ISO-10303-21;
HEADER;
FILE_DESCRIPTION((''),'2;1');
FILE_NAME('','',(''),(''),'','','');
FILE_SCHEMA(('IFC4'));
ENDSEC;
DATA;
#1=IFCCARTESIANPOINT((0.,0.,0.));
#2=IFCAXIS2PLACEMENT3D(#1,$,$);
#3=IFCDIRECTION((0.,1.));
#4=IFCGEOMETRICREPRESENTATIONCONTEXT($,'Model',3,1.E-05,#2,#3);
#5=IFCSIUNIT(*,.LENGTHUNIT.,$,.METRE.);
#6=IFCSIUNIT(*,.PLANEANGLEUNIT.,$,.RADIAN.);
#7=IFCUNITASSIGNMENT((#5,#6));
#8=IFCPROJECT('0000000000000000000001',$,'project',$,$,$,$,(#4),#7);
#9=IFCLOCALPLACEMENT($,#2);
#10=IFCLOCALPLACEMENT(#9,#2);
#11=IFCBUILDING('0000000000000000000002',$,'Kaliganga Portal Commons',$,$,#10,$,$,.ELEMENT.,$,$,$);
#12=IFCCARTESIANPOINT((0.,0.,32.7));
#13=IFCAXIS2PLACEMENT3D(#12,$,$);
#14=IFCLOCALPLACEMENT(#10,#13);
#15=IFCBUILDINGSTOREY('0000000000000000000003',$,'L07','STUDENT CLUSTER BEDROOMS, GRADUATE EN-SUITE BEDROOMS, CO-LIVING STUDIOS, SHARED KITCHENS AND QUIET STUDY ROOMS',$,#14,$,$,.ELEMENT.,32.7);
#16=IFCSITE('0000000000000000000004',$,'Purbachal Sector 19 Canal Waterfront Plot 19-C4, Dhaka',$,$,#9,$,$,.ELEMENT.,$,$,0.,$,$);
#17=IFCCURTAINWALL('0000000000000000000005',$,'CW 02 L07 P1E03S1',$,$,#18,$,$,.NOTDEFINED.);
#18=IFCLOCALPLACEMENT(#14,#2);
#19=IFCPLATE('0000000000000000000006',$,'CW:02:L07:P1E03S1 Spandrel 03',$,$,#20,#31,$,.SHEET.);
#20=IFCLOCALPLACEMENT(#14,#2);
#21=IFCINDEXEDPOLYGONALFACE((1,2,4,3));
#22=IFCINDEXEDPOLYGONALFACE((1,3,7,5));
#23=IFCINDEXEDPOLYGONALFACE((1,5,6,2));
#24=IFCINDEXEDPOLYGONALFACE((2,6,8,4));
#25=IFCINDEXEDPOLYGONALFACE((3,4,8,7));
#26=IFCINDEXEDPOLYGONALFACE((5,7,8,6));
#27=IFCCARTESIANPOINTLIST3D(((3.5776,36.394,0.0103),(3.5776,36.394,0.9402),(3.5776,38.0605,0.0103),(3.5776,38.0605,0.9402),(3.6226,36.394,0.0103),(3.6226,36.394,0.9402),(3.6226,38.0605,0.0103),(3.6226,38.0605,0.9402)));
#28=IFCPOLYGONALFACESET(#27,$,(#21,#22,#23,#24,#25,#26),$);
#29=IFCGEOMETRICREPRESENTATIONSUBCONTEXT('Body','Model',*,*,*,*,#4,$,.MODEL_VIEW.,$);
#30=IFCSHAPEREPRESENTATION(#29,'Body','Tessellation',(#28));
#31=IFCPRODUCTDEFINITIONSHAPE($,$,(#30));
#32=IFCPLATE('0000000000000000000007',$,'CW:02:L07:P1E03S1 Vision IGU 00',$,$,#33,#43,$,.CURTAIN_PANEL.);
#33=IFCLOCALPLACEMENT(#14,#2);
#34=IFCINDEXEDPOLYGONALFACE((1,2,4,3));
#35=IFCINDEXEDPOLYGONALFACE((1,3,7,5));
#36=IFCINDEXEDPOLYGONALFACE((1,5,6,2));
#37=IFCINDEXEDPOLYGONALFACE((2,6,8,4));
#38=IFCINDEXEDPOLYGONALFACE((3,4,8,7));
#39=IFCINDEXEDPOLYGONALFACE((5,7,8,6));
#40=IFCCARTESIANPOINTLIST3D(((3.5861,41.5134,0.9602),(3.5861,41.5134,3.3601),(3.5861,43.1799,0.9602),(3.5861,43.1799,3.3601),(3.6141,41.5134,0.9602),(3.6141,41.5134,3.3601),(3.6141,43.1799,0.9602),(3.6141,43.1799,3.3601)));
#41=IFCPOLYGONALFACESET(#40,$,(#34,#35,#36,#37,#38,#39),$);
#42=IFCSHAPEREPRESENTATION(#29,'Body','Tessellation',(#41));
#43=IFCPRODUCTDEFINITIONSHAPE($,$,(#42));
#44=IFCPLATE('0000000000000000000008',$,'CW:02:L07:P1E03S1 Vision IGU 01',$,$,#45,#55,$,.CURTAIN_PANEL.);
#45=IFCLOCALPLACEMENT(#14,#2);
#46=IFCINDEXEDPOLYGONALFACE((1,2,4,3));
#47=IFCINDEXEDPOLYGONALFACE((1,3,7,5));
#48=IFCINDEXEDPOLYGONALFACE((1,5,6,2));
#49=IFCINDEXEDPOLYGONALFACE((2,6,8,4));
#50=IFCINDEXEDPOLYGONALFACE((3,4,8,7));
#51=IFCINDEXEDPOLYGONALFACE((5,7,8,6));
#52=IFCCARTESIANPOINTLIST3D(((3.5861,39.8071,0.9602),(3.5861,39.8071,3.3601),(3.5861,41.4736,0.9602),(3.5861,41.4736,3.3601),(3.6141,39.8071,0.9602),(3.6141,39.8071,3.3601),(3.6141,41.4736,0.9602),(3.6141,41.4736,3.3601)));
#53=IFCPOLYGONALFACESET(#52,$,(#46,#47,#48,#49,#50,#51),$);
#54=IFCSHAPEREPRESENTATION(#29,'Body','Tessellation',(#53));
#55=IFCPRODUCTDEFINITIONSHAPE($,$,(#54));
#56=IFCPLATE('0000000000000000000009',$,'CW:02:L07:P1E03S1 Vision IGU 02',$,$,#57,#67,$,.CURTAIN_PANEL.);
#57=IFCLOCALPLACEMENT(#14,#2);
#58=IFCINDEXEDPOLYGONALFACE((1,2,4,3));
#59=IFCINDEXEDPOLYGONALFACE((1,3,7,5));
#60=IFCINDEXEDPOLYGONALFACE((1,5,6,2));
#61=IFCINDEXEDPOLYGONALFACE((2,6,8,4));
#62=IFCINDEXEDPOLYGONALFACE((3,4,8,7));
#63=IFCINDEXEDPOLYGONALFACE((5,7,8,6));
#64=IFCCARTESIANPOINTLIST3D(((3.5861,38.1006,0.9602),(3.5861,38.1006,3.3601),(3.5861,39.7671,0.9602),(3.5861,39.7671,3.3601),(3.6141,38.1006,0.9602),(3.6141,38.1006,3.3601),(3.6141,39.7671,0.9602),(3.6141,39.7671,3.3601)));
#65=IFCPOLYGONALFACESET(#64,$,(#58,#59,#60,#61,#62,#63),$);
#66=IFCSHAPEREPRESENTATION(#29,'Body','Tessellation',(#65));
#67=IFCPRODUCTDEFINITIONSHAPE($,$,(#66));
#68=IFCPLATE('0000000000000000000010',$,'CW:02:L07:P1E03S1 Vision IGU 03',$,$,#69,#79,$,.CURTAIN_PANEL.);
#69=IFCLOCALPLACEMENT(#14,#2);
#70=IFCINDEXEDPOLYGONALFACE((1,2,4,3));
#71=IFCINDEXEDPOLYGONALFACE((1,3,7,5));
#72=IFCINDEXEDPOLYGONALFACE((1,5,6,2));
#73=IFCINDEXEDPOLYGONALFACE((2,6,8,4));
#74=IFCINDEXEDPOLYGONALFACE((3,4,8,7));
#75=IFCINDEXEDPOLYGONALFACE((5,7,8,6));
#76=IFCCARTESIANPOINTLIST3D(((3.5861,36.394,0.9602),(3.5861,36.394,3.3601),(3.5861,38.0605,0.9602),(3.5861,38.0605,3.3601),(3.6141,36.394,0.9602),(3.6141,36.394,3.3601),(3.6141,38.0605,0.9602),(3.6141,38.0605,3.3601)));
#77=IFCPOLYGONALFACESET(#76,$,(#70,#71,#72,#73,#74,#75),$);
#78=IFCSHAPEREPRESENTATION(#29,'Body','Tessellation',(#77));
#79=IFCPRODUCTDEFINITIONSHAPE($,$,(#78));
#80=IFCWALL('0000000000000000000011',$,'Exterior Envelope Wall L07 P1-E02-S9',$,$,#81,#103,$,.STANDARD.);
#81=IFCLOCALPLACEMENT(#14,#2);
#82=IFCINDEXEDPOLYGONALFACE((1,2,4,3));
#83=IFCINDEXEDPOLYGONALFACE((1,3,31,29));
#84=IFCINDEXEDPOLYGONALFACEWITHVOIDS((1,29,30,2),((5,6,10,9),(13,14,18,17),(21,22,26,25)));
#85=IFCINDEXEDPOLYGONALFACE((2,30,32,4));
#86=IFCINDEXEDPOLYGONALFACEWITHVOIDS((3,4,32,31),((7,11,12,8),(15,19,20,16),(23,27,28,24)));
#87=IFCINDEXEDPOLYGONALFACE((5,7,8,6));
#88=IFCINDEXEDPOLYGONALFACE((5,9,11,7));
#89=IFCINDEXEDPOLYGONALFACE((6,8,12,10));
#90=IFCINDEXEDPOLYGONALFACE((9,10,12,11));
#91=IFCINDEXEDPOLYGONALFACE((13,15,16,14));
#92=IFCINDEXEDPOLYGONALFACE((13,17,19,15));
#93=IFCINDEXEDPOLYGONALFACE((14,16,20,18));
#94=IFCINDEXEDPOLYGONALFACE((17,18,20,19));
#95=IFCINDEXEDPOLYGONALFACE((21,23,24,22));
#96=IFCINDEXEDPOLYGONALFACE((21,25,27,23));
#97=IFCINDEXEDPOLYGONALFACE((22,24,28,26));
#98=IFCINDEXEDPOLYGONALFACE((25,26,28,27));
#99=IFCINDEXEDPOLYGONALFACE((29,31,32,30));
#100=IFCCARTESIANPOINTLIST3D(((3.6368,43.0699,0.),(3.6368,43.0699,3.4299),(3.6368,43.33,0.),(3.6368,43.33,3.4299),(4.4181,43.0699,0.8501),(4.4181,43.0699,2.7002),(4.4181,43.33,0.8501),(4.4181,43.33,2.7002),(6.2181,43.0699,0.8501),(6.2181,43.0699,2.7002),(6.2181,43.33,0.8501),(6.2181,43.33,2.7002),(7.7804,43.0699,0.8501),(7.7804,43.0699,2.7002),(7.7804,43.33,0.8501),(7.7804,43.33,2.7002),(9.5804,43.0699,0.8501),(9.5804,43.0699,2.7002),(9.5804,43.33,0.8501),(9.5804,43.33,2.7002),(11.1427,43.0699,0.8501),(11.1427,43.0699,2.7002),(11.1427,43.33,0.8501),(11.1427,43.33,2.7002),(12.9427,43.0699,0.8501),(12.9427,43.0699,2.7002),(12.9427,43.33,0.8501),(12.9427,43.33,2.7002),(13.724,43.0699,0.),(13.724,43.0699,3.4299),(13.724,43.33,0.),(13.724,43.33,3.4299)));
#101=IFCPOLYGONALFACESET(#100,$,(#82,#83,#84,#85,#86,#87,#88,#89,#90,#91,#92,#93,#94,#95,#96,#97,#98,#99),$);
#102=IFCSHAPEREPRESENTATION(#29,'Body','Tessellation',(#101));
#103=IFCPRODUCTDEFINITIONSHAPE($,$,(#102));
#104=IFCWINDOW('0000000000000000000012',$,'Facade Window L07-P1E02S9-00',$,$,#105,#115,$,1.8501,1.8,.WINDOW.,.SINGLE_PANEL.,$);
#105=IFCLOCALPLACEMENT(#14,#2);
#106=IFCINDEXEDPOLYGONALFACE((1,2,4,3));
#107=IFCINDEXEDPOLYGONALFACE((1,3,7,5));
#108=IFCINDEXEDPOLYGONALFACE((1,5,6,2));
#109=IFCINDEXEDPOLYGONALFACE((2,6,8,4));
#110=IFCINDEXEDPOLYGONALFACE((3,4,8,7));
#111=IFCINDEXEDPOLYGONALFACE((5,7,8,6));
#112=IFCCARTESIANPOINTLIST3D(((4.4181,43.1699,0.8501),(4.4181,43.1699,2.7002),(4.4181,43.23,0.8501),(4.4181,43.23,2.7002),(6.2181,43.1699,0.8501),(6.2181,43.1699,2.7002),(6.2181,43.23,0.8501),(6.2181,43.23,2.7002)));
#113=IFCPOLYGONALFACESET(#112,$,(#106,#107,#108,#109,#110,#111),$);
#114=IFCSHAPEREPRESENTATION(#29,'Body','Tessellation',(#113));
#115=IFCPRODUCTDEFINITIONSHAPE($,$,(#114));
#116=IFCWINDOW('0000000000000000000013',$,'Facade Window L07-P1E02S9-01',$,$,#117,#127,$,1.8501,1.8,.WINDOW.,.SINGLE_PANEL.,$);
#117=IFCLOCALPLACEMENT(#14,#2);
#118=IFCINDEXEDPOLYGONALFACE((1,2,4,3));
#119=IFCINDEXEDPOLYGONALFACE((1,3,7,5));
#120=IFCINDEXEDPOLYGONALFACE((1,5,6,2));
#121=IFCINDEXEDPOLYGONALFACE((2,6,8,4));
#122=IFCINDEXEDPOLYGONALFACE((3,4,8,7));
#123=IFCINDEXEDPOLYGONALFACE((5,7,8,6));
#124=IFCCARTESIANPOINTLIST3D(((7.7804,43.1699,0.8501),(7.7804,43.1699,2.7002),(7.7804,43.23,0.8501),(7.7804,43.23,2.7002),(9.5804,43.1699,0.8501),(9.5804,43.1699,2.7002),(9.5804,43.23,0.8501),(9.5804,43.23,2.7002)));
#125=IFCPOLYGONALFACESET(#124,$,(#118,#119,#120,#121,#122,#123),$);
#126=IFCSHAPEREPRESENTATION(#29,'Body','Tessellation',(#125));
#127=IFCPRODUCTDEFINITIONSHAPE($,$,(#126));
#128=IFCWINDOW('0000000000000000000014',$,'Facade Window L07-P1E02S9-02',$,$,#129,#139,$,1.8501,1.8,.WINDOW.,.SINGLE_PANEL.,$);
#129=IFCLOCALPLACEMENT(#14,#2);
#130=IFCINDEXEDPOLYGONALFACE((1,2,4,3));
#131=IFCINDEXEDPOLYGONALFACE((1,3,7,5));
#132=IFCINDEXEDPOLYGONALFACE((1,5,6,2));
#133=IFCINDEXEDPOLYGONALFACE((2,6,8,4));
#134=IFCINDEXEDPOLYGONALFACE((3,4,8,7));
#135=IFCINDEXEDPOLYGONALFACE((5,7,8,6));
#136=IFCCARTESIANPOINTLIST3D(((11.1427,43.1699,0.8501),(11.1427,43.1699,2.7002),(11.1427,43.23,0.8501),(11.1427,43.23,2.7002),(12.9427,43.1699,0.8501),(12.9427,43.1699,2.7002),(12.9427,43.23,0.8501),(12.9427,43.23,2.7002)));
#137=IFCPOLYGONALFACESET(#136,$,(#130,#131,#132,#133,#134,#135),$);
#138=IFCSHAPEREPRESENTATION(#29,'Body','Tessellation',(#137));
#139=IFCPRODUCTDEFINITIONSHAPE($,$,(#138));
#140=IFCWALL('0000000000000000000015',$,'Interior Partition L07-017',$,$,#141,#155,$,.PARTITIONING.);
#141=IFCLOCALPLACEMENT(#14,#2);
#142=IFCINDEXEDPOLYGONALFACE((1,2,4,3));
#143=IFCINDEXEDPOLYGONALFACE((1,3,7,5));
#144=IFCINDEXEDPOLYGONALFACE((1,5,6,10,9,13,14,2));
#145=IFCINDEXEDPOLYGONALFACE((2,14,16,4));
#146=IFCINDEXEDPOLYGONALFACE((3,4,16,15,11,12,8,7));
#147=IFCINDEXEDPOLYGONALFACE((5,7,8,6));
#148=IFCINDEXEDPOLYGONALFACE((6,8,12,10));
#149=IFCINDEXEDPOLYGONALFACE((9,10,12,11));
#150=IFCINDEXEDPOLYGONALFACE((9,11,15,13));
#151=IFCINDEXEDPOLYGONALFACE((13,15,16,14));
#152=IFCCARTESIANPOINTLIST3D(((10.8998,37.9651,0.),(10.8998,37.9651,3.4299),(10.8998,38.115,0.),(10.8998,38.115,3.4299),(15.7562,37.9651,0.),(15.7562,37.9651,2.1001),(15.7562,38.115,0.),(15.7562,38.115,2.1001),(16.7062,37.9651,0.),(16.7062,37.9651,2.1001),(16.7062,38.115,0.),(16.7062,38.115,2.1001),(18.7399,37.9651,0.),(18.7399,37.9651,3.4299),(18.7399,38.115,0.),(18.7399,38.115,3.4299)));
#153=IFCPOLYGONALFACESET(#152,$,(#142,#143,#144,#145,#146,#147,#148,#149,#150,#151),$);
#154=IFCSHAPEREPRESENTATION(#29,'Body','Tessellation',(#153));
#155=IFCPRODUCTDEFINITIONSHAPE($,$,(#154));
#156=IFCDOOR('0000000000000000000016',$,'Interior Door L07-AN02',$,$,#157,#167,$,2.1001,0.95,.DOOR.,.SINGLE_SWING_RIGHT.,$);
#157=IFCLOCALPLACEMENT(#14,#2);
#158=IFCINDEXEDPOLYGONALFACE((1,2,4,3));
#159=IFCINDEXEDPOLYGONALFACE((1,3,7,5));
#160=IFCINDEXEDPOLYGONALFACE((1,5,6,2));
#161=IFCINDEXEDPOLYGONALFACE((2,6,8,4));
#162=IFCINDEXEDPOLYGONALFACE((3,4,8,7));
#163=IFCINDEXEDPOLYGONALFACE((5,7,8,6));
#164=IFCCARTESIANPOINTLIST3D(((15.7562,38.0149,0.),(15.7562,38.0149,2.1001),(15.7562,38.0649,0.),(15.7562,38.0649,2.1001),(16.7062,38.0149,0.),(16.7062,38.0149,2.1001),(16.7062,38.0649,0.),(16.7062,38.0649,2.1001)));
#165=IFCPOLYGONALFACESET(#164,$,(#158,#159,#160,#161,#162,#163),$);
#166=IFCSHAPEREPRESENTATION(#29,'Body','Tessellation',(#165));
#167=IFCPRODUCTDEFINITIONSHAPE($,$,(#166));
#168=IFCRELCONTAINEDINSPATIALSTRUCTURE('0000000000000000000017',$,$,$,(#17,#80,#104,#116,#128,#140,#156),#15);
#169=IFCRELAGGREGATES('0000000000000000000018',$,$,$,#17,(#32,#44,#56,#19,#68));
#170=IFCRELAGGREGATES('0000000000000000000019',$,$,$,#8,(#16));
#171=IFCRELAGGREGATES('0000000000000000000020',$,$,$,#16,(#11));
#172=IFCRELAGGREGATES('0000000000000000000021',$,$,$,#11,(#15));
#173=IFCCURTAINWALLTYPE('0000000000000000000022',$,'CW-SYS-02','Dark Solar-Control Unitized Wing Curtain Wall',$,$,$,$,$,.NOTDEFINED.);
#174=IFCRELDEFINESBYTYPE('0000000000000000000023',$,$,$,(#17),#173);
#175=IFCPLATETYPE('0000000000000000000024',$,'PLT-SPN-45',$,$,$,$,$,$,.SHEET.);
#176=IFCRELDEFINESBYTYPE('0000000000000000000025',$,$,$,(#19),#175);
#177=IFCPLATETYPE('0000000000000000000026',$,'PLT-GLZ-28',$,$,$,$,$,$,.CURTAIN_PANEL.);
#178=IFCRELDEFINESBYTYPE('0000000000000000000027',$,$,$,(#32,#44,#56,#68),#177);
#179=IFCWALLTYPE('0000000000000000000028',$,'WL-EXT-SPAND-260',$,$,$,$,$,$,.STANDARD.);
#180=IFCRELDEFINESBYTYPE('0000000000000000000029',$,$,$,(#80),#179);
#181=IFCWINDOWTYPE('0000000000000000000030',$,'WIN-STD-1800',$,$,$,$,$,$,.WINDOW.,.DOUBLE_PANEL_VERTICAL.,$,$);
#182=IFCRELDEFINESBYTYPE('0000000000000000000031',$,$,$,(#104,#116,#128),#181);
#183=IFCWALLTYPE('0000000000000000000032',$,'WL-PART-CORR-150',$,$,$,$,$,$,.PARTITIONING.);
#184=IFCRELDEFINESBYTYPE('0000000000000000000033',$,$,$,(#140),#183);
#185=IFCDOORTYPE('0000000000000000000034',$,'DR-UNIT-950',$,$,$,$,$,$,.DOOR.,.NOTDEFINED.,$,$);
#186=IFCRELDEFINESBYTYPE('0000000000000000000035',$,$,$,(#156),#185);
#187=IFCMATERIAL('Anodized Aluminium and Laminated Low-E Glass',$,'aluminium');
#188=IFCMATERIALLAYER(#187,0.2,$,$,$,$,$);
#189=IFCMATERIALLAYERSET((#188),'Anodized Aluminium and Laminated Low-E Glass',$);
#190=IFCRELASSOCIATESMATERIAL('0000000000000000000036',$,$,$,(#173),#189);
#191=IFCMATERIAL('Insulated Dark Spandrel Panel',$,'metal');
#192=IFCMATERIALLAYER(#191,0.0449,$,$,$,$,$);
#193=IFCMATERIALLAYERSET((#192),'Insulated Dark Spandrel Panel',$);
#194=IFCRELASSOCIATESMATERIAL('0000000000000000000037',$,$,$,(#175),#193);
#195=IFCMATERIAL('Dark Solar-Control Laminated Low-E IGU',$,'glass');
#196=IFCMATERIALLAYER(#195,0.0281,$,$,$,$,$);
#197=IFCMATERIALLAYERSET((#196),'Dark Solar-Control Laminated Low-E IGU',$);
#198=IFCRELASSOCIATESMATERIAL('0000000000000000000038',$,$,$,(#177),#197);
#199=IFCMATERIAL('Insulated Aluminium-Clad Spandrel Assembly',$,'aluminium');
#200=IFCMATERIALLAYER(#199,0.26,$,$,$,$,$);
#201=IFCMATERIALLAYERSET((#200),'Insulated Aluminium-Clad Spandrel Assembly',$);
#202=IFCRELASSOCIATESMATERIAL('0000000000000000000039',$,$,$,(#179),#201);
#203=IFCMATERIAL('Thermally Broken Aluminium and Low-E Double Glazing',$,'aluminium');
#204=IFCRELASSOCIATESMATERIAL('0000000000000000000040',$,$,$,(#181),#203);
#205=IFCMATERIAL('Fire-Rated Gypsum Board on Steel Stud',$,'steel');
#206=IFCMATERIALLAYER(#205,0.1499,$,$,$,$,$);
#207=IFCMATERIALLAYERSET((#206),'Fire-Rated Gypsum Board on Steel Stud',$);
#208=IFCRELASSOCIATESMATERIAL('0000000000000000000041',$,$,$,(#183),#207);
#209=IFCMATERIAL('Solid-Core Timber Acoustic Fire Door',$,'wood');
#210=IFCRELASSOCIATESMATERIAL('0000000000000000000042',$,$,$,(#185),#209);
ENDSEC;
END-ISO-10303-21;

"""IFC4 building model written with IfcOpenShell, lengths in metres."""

from ifc_helpers import new_model, si_unit, direction, frame, frame_2d, origin, origin_2d, place, context, subcontext, project, spatial, rectangle, extrude, source, transform, mapped, material, layer, layer_set, type_object, element, fill, aggregate, save


model = new_model("IFC4")

# Units and contexts
model_context = context("Model", 3, precision=1e-05, world=origin(), true_north=direction((0.0, 1.0)))
body_context = subcontext(model_context, "Body", "Model", "MODEL_VIEW")
ifc_project = project(units=[si_unit("LENGTHUNIT", "METRE"), si_unit("PLANEANGLEUNIT", "RADIAN")], contexts=[model_context])

# Site, building, storey
site_placement = place(None, origin())
site = spatial("IfcSite", under=ifc_project, at=site_placement, Name="Purbachal Sector 19 Canal Waterfront Plot 19-C4, Dhaka", CompositionType="ELEMENT", RefElevation=0.0)
building_placement = place(site_placement, origin())
building = spatial("IfcBuilding", under=site, at=building_placement, Name="Kaliganga Portal Commons", CompositionType="ELEMENT")
storey_placement = place(building_placement, frame((0.0, 0.0, 32.7)))
storey = spatial("IfcBuildingStorey", under=building, at=storey_placement, Name="L07", Description="STUDENT CLUSTER BEDROOMS, GRADUATE EN-SUITE BEDROOMS, CO-LIVING STUDIOS, SHARED KITCHENS AND QUIET STUDY ROOMS", CompositionType="ELEMENT", Elevation=32.7)

# Curtain wall, plates
ifc_material_1 = material(Name="Anodized Aluminium and Laminated Low-E Glass", Category="aluminium")
ifc_layer_1 = layer(ifc_material_1, 0.2)
ifc_layer_set_1 = layer_set([ifc_layer_1], Name="Anodized Aluminium and Laminated Low-E Glass")
curtain_wall_type = type_object("IfcCurtainWallType", Name="CW-SYS-02", Description="Dark Solar-Control Unitized Wing Curtain Wall", PredefinedType="NOTDEFINED", material=ifc_layer_set_1)
curtain_wall_placement = place(storey_placement, origin())
curtain_wall = element("IfcCurtainWall", 1, at=curtain_wall_placement, inside=storey, type_object=curtain_wall_type, Name="CW 02 L07 P1E03S1", PredefinedType="NOTDEFINED")
ifc_material_2 = material(Name="Insulated Dark Spandrel Panel", Category="metal")
ifc_layer_2 = layer(ifc_material_2, 0.0449)
ifc_layer_set_2 = layer_set([ifc_layer_2], Name="Insulated Dark Spandrel Panel")
plate_type_1 = type_object("IfcPlateType", Name="PLT-SPN-45", PredefinedType="SHEET", material=ifc_layer_set_2)
shared_shape_1 = source(origin(), body_context, "Body", "SweptSolid", [
    extrude(rectangle(XDim=1.6665, YDim=0.0449, at=origin_2d()), origin(), (0.0, 0.0, 1.0), 0.9299),
])
plate_1_placement = place(storey_placement, frame((3.6001, 37.2273, 0.0103), z_axis=(0.0, 0.0, 1.0), x_axis=(0.0, -1.0, 0.0)))
plate_1 = element("IfcPlate", 2, at=plate_1_placement, type_object=plate_type_1, Name="CW:02:L07:P1E03S1 Spandrel 03", PredefinedType="SHEET", context=body_context, shape_type="MappedRepresentation", body=[
    mapped(shared_shape_1, transform((0.0, 0.0, 0.0), x_axis=(1.0, 0.0, 0.0), y_axis=(0.0, 1.0, 0.0), z_axis=(0.0, 0.0, 1.0), scale=1.0)),
])
ifc_material_3 = material(Name="Dark Solar-Control Laminated Low-E IGU", Category="glass")
ifc_layer_3 = layer(ifc_material_3, 0.0281)
ifc_layer_set_3 = layer_set([ifc_layer_3], Name="Dark Solar-Control Laminated Low-E IGU")
plate_type_2 = type_object("IfcPlateType", Name="PLT-GLZ-28", PredefinedType="CURTAIN_PANEL", material=ifc_layer_set_3)
shared_shape_2 = source(origin(), body_context, "Body", "SweptSolid", [
    extrude(rectangle(XDim=1.6665, YDim=0.0281, at=origin_2d()), origin(), (0.0, 0.0, 1.0), 2.3999),
])
plate_2_placement = place(storey_placement, frame((3.6001, 42.3467, 0.9602), z_axis=(0.0, 0.0, 1.0), x_axis=(0.0, -1.0, 0.0)))
plate_2 = element("IfcPlate", 3, at=plate_2_placement, type_object=plate_type_2, Name="CW:02:L07:P1E03S1 Vision IGU 00", PredefinedType="CURTAIN_PANEL", context=body_context, shape_type="MappedRepresentation", body=[
    mapped(shared_shape_2, transform((0.0, 0.0, 0.0), x_axis=(1.0, 0.0, 0.0), y_axis=(0.0, 1.0, 0.0), z_axis=(0.0, 0.0, 1.0), scale=1.0)),
])
plate_3_placement = place(storey_placement, frame((3.6001, 40.6404, 0.9602), z_axis=(0.0, 0.0, 1.0), x_axis=(0.0, -1.0, 0.0)))
plate_3 = element("IfcPlate", 4, at=plate_3_placement, type_object=plate_type_2, Name="CW:02:L07:P1E03S1 Vision IGU 01", PredefinedType="CURTAIN_PANEL", context=body_context, shape_type="MappedRepresentation", body=[
    mapped(shared_shape_2, transform((0.0, 0.0, 0.0), x_axis=(1.0, 0.0, 0.0), y_axis=(0.0, 1.0, 0.0), z_axis=(0.0, 0.0, 1.0), scale=1.0)),
])
plate_4_placement = place(storey_placement, frame((3.6001, 38.9338, 0.9602), z_axis=(0.0, 0.0, 1.0), x_axis=(0.0, -1.0, 0.0)))
plate_4 = element("IfcPlate", 5, at=plate_4_placement, type_object=plate_type_2, Name="CW:02:L07:P1E03S1 Vision IGU 02", PredefinedType="CURTAIN_PANEL", context=body_context, shape_type="MappedRepresentation", body=[
    mapped(shared_shape_2, transform((0.0, 0.0, 0.0), x_axis=(1.0, 0.0, 0.0), y_axis=(0.0, 1.0, 0.0), z_axis=(0.0, 0.0, 1.0), scale=1.0)),
])
plate_5_placement = place(storey_placement, frame((3.6001, 37.2273, 0.9602), z_axis=(0.0, 0.0, 1.0), x_axis=(0.0, -1.0, 0.0)))
plate_5 = element("IfcPlate", 6, at=plate_5_placement, type_object=plate_type_2, Name="CW:02:L07:P1E03S1 Vision IGU 03", PredefinedType="CURTAIN_PANEL", context=body_context, shape_type="MappedRepresentation", body=[
    mapped(shared_shape_2, transform((0.0, 0.0, 0.0), x_axis=(1.0, 0.0, 0.0), y_axis=(0.0, 1.0, 0.0), z_axis=(0.0, 0.0, 1.0), scale=1.0)),
])
aggregate(curtain_wall, [plate_2, plate_3, plate_4, plate_1, plate_5])

# Wall, openings, windows
ifc_material_4 = material(Name="Insulated Aluminium-Clad Spandrel Assembly", Category="aluminium")
ifc_layer_4 = layer(ifc_material_4, 0.26)
ifc_layer_set_4 = layer_set([ifc_layer_4], Name="Insulated Aluminium-Clad Spandrel Assembly")
wall_type_1 = type_object("IfcWallType", Name="WL-EXT-SPAND-260", PredefinedType="STANDARD", material=ifc_layer_set_4)
wall_1_placement = place(storey_placement, frame((3.637, 43.2, 0.0), z_axis=(0.0, 0.0, 1.0), x_axis=(1.0, 0.0, 0.0)))
wall_1 = element("IfcWall", 7, at=wall_1_placement, inside=storey, type_object=wall_type_1, Name="Exterior Envelope Wall L07 P1-E02-S9", PredefinedType="STANDARD", context=body_context, shape_type="SweptSolid", body=[
    extrude(rectangle(XDim=10.0872, YDim=0.26, at=frame_2d((5.0435, 0.0))), origin(), (0.0, 0.0, 1.0), 3.4299),
])
opening_1_placement = place(wall_1_placement, frame((0.7812, 0.0, 0.8501)))
opening_1 = element("IfcOpeningElement", 8, at=opening_1_placement, cuts=wall_1, PredefinedType="OPENING", context=body_context, shape_type="SweptSolid", body=[
    extrude(rectangle(XDim=1.8, YDim=1.8501, at=frame_2d((0.8999, 0.925))), frame((0.0, 0.1401, 0.0), z_axis=(0.0, -1.0, 0.0), x_axis=(1.0, 0.0, 0.0)), (0.0, 0.0, 1.0), 0.28),
])
opening_2_placement = place(wall_1_placement, frame((4.1436, 0.0, 0.8501)))
opening_2 = element("IfcOpeningElement", 9, at=opening_2_placement, cuts=wall_1, PredefinedType="OPENING", context=body_context, shape_type="SweptSolid", body=[
    extrude(rectangle(XDim=1.8, YDim=1.8501, at=frame_2d((0.8999, 0.925))), frame((0.0, 0.1401, 0.0), z_axis=(0.0, -1.0, 0.0), x_axis=(1.0, 0.0, 0.0)), (0.0, 0.0, 1.0), 0.28),
])
opening_3_placement = place(wall_1_placement, frame((7.5059, 0.0, 0.8501)))
opening_3 = element("IfcOpeningElement", 10, at=opening_3_placement, cuts=wall_1, PredefinedType="OPENING", context=body_context, shape_type="SweptSolid", body=[
    extrude(rectangle(XDim=1.8, YDim=1.8501, at=frame_2d((0.8999, 0.925))), frame((0.0, 0.1401, 0.0), z_axis=(0.0, -1.0, 0.0), x_axis=(1.0, 0.0, 0.0)), (0.0, 0.0, 1.0), 0.28),
])
ifc_material_5 = material(Name="Thermally Broken Aluminium and Low-E Double Glazing", Category="aluminium")
window_type = type_object("IfcWindowType", Name="WIN-STD-1800", PartitioningType="DOUBLE_PANEL_VERTICAL", PredefinedType="WINDOW", material=ifc_material_5)
window_1_placement = place(opening_1_placement, origin())
window_1 = element("IfcWindow", 11, at=window_1_placement, inside=storey, type_object=window_type, Name="Facade Window L07-P1E02S9-00", OverallHeight=1.8501, OverallWidth=1.8, PartitioningType="SINGLE_PANEL", PredefinedType="WINDOW", context=body_context, shape_type="SweptSolid", body=[
    extrude(rectangle(XDim=1.8, YDim=1.8501, at=frame_2d((0.8999, 0.925))), frame((0.0, 0.03, 0.0), z_axis=(0.0, -1.0, 0.0), x_axis=(1.0, 0.0, 0.0)), (0.0, 0.0, 1.0), 0.0601),
])
fill(opening_1, window_1)
window_2_placement = place(opening_2_placement, origin())
window_2 = element("IfcWindow", 12, at=window_2_placement, inside=storey, type_object=window_type, Name="Facade Window L07-P1E02S9-01", OverallHeight=1.8501, OverallWidth=1.8, PartitioningType="SINGLE_PANEL", PredefinedType="WINDOW", context=body_context, shape_type="SweptSolid", body=[
    extrude(rectangle(XDim=1.8, YDim=1.8501, at=frame_2d((0.8999, 0.925))), frame((0.0, 0.03, 0.0), z_axis=(0.0, -1.0, 0.0), x_axis=(1.0, 0.0, 0.0)), (0.0, 0.0, 1.0), 0.0601),
])
fill(opening_2, window_2)
window_3_placement = place(opening_3_placement, origin())
window_3 = element("IfcWindow", 13, at=window_3_placement, inside=storey, type_object=window_type, Name="Facade Window L07-P1E02S9-02", OverallHeight=1.8501, OverallWidth=1.8, PartitioningType="SINGLE_PANEL", PredefinedType="WINDOW", context=body_context, shape_type="SweptSolid", body=[
    extrude(rectangle(XDim=1.8, YDim=1.8501, at=frame_2d((0.8999, 0.925))), frame((0.0, 0.03, 0.0), z_axis=(0.0, -1.0, 0.0), x_axis=(1.0, 0.0, 0.0)), (0.0, 0.0, 1.0), 0.0601),
])
fill(opening_3, window_3)

# Wall, opening, door
ifc_material_6 = material(Name="Fire-Rated Gypsum Board on Steel Stud", Category="steel")
ifc_layer_5 = layer(ifc_material_6, 0.1499)
ifc_layer_set_5 = layer_set([ifc_layer_5], Name="Fire-Rated Gypsum Board on Steel Stud")
wall_type_2 = type_object("IfcWallType", Name="WL-PART-CORR-150", PredefinedType="PARTITIONING", material=ifc_layer_set_5)
wall_2_placement = place(storey_placement, frame((10.8999, 38.04, 0.0), z_axis=(0.0, 0.0, 1.0), x_axis=(1.0, 0.0, 0.0)))
wall_2 = element("IfcWall", 14, at=wall_2_placement, inside=storey, type_object=wall_type_2, Name="Interior Partition L07-017", PredefinedType="PARTITIONING", context=body_context, shape_type="SweptSolid", body=[
    extrude(rectangle(XDim=7.8401, YDim=0.1499, at=frame_2d((3.9199, 0.0))), origin(), (0.0, 0.0, 1.0), 3.4299),
])
opening_4_placement = place(wall_2_placement, frame((4.8562, 0.0, 0.0)))
opening_4 = element("IfcOpeningElement", 15, at=opening_4_placement, cuts=wall_2, PredefinedType="OPENING", context=body_context, shape_type="SweptSolid", body=[
    extrude(rectangle(XDim=0.95, YDim=2.1001, at=frame_2d((0.4751, 1.05))), frame((0.0, 0.085, 0.0), z_axis=(0.0, -1.0, 0.0), x_axis=(1.0, 0.0, 0.0)), (0.0, 0.0, 1.0), 0.1699),
])
ifc_material_7 = material(Name="Solid-Core Timber Acoustic Fire Door", Category="wood")
door_type_1 = type_object("IfcDoorType", Name="DR-UNIT-950", OperationType="NOTDEFINED", PredefinedType="DOOR", material=ifc_material_7)
door_1_placement = place(opening_4_placement, origin())
door_1 = element("IfcDoor", 16, at=door_1_placement, inside=storey, type_object=door_type_1, Name="Interior Door L07-AN02", OperationType="SINGLE_SWING_RIGHT", OverallHeight=2.1001, OverallWidth=0.95, PredefinedType="DOOR", context=body_context, shape_type="SweptSolid", body=[
    extrude(rectangle(XDim=0.95, YDim=2.1001, at=frame_2d((0.4751, 1.05))), frame((0.0, 0.0249, 0.0), z_axis=(0.0, -1.0, 0.0), x_axis=(1.0, 0.0, 0.0)), (0.0, 0.0, 1.0), 0.05),
])
fill(opening_4, door_1)

save(model, "model.ifc")
